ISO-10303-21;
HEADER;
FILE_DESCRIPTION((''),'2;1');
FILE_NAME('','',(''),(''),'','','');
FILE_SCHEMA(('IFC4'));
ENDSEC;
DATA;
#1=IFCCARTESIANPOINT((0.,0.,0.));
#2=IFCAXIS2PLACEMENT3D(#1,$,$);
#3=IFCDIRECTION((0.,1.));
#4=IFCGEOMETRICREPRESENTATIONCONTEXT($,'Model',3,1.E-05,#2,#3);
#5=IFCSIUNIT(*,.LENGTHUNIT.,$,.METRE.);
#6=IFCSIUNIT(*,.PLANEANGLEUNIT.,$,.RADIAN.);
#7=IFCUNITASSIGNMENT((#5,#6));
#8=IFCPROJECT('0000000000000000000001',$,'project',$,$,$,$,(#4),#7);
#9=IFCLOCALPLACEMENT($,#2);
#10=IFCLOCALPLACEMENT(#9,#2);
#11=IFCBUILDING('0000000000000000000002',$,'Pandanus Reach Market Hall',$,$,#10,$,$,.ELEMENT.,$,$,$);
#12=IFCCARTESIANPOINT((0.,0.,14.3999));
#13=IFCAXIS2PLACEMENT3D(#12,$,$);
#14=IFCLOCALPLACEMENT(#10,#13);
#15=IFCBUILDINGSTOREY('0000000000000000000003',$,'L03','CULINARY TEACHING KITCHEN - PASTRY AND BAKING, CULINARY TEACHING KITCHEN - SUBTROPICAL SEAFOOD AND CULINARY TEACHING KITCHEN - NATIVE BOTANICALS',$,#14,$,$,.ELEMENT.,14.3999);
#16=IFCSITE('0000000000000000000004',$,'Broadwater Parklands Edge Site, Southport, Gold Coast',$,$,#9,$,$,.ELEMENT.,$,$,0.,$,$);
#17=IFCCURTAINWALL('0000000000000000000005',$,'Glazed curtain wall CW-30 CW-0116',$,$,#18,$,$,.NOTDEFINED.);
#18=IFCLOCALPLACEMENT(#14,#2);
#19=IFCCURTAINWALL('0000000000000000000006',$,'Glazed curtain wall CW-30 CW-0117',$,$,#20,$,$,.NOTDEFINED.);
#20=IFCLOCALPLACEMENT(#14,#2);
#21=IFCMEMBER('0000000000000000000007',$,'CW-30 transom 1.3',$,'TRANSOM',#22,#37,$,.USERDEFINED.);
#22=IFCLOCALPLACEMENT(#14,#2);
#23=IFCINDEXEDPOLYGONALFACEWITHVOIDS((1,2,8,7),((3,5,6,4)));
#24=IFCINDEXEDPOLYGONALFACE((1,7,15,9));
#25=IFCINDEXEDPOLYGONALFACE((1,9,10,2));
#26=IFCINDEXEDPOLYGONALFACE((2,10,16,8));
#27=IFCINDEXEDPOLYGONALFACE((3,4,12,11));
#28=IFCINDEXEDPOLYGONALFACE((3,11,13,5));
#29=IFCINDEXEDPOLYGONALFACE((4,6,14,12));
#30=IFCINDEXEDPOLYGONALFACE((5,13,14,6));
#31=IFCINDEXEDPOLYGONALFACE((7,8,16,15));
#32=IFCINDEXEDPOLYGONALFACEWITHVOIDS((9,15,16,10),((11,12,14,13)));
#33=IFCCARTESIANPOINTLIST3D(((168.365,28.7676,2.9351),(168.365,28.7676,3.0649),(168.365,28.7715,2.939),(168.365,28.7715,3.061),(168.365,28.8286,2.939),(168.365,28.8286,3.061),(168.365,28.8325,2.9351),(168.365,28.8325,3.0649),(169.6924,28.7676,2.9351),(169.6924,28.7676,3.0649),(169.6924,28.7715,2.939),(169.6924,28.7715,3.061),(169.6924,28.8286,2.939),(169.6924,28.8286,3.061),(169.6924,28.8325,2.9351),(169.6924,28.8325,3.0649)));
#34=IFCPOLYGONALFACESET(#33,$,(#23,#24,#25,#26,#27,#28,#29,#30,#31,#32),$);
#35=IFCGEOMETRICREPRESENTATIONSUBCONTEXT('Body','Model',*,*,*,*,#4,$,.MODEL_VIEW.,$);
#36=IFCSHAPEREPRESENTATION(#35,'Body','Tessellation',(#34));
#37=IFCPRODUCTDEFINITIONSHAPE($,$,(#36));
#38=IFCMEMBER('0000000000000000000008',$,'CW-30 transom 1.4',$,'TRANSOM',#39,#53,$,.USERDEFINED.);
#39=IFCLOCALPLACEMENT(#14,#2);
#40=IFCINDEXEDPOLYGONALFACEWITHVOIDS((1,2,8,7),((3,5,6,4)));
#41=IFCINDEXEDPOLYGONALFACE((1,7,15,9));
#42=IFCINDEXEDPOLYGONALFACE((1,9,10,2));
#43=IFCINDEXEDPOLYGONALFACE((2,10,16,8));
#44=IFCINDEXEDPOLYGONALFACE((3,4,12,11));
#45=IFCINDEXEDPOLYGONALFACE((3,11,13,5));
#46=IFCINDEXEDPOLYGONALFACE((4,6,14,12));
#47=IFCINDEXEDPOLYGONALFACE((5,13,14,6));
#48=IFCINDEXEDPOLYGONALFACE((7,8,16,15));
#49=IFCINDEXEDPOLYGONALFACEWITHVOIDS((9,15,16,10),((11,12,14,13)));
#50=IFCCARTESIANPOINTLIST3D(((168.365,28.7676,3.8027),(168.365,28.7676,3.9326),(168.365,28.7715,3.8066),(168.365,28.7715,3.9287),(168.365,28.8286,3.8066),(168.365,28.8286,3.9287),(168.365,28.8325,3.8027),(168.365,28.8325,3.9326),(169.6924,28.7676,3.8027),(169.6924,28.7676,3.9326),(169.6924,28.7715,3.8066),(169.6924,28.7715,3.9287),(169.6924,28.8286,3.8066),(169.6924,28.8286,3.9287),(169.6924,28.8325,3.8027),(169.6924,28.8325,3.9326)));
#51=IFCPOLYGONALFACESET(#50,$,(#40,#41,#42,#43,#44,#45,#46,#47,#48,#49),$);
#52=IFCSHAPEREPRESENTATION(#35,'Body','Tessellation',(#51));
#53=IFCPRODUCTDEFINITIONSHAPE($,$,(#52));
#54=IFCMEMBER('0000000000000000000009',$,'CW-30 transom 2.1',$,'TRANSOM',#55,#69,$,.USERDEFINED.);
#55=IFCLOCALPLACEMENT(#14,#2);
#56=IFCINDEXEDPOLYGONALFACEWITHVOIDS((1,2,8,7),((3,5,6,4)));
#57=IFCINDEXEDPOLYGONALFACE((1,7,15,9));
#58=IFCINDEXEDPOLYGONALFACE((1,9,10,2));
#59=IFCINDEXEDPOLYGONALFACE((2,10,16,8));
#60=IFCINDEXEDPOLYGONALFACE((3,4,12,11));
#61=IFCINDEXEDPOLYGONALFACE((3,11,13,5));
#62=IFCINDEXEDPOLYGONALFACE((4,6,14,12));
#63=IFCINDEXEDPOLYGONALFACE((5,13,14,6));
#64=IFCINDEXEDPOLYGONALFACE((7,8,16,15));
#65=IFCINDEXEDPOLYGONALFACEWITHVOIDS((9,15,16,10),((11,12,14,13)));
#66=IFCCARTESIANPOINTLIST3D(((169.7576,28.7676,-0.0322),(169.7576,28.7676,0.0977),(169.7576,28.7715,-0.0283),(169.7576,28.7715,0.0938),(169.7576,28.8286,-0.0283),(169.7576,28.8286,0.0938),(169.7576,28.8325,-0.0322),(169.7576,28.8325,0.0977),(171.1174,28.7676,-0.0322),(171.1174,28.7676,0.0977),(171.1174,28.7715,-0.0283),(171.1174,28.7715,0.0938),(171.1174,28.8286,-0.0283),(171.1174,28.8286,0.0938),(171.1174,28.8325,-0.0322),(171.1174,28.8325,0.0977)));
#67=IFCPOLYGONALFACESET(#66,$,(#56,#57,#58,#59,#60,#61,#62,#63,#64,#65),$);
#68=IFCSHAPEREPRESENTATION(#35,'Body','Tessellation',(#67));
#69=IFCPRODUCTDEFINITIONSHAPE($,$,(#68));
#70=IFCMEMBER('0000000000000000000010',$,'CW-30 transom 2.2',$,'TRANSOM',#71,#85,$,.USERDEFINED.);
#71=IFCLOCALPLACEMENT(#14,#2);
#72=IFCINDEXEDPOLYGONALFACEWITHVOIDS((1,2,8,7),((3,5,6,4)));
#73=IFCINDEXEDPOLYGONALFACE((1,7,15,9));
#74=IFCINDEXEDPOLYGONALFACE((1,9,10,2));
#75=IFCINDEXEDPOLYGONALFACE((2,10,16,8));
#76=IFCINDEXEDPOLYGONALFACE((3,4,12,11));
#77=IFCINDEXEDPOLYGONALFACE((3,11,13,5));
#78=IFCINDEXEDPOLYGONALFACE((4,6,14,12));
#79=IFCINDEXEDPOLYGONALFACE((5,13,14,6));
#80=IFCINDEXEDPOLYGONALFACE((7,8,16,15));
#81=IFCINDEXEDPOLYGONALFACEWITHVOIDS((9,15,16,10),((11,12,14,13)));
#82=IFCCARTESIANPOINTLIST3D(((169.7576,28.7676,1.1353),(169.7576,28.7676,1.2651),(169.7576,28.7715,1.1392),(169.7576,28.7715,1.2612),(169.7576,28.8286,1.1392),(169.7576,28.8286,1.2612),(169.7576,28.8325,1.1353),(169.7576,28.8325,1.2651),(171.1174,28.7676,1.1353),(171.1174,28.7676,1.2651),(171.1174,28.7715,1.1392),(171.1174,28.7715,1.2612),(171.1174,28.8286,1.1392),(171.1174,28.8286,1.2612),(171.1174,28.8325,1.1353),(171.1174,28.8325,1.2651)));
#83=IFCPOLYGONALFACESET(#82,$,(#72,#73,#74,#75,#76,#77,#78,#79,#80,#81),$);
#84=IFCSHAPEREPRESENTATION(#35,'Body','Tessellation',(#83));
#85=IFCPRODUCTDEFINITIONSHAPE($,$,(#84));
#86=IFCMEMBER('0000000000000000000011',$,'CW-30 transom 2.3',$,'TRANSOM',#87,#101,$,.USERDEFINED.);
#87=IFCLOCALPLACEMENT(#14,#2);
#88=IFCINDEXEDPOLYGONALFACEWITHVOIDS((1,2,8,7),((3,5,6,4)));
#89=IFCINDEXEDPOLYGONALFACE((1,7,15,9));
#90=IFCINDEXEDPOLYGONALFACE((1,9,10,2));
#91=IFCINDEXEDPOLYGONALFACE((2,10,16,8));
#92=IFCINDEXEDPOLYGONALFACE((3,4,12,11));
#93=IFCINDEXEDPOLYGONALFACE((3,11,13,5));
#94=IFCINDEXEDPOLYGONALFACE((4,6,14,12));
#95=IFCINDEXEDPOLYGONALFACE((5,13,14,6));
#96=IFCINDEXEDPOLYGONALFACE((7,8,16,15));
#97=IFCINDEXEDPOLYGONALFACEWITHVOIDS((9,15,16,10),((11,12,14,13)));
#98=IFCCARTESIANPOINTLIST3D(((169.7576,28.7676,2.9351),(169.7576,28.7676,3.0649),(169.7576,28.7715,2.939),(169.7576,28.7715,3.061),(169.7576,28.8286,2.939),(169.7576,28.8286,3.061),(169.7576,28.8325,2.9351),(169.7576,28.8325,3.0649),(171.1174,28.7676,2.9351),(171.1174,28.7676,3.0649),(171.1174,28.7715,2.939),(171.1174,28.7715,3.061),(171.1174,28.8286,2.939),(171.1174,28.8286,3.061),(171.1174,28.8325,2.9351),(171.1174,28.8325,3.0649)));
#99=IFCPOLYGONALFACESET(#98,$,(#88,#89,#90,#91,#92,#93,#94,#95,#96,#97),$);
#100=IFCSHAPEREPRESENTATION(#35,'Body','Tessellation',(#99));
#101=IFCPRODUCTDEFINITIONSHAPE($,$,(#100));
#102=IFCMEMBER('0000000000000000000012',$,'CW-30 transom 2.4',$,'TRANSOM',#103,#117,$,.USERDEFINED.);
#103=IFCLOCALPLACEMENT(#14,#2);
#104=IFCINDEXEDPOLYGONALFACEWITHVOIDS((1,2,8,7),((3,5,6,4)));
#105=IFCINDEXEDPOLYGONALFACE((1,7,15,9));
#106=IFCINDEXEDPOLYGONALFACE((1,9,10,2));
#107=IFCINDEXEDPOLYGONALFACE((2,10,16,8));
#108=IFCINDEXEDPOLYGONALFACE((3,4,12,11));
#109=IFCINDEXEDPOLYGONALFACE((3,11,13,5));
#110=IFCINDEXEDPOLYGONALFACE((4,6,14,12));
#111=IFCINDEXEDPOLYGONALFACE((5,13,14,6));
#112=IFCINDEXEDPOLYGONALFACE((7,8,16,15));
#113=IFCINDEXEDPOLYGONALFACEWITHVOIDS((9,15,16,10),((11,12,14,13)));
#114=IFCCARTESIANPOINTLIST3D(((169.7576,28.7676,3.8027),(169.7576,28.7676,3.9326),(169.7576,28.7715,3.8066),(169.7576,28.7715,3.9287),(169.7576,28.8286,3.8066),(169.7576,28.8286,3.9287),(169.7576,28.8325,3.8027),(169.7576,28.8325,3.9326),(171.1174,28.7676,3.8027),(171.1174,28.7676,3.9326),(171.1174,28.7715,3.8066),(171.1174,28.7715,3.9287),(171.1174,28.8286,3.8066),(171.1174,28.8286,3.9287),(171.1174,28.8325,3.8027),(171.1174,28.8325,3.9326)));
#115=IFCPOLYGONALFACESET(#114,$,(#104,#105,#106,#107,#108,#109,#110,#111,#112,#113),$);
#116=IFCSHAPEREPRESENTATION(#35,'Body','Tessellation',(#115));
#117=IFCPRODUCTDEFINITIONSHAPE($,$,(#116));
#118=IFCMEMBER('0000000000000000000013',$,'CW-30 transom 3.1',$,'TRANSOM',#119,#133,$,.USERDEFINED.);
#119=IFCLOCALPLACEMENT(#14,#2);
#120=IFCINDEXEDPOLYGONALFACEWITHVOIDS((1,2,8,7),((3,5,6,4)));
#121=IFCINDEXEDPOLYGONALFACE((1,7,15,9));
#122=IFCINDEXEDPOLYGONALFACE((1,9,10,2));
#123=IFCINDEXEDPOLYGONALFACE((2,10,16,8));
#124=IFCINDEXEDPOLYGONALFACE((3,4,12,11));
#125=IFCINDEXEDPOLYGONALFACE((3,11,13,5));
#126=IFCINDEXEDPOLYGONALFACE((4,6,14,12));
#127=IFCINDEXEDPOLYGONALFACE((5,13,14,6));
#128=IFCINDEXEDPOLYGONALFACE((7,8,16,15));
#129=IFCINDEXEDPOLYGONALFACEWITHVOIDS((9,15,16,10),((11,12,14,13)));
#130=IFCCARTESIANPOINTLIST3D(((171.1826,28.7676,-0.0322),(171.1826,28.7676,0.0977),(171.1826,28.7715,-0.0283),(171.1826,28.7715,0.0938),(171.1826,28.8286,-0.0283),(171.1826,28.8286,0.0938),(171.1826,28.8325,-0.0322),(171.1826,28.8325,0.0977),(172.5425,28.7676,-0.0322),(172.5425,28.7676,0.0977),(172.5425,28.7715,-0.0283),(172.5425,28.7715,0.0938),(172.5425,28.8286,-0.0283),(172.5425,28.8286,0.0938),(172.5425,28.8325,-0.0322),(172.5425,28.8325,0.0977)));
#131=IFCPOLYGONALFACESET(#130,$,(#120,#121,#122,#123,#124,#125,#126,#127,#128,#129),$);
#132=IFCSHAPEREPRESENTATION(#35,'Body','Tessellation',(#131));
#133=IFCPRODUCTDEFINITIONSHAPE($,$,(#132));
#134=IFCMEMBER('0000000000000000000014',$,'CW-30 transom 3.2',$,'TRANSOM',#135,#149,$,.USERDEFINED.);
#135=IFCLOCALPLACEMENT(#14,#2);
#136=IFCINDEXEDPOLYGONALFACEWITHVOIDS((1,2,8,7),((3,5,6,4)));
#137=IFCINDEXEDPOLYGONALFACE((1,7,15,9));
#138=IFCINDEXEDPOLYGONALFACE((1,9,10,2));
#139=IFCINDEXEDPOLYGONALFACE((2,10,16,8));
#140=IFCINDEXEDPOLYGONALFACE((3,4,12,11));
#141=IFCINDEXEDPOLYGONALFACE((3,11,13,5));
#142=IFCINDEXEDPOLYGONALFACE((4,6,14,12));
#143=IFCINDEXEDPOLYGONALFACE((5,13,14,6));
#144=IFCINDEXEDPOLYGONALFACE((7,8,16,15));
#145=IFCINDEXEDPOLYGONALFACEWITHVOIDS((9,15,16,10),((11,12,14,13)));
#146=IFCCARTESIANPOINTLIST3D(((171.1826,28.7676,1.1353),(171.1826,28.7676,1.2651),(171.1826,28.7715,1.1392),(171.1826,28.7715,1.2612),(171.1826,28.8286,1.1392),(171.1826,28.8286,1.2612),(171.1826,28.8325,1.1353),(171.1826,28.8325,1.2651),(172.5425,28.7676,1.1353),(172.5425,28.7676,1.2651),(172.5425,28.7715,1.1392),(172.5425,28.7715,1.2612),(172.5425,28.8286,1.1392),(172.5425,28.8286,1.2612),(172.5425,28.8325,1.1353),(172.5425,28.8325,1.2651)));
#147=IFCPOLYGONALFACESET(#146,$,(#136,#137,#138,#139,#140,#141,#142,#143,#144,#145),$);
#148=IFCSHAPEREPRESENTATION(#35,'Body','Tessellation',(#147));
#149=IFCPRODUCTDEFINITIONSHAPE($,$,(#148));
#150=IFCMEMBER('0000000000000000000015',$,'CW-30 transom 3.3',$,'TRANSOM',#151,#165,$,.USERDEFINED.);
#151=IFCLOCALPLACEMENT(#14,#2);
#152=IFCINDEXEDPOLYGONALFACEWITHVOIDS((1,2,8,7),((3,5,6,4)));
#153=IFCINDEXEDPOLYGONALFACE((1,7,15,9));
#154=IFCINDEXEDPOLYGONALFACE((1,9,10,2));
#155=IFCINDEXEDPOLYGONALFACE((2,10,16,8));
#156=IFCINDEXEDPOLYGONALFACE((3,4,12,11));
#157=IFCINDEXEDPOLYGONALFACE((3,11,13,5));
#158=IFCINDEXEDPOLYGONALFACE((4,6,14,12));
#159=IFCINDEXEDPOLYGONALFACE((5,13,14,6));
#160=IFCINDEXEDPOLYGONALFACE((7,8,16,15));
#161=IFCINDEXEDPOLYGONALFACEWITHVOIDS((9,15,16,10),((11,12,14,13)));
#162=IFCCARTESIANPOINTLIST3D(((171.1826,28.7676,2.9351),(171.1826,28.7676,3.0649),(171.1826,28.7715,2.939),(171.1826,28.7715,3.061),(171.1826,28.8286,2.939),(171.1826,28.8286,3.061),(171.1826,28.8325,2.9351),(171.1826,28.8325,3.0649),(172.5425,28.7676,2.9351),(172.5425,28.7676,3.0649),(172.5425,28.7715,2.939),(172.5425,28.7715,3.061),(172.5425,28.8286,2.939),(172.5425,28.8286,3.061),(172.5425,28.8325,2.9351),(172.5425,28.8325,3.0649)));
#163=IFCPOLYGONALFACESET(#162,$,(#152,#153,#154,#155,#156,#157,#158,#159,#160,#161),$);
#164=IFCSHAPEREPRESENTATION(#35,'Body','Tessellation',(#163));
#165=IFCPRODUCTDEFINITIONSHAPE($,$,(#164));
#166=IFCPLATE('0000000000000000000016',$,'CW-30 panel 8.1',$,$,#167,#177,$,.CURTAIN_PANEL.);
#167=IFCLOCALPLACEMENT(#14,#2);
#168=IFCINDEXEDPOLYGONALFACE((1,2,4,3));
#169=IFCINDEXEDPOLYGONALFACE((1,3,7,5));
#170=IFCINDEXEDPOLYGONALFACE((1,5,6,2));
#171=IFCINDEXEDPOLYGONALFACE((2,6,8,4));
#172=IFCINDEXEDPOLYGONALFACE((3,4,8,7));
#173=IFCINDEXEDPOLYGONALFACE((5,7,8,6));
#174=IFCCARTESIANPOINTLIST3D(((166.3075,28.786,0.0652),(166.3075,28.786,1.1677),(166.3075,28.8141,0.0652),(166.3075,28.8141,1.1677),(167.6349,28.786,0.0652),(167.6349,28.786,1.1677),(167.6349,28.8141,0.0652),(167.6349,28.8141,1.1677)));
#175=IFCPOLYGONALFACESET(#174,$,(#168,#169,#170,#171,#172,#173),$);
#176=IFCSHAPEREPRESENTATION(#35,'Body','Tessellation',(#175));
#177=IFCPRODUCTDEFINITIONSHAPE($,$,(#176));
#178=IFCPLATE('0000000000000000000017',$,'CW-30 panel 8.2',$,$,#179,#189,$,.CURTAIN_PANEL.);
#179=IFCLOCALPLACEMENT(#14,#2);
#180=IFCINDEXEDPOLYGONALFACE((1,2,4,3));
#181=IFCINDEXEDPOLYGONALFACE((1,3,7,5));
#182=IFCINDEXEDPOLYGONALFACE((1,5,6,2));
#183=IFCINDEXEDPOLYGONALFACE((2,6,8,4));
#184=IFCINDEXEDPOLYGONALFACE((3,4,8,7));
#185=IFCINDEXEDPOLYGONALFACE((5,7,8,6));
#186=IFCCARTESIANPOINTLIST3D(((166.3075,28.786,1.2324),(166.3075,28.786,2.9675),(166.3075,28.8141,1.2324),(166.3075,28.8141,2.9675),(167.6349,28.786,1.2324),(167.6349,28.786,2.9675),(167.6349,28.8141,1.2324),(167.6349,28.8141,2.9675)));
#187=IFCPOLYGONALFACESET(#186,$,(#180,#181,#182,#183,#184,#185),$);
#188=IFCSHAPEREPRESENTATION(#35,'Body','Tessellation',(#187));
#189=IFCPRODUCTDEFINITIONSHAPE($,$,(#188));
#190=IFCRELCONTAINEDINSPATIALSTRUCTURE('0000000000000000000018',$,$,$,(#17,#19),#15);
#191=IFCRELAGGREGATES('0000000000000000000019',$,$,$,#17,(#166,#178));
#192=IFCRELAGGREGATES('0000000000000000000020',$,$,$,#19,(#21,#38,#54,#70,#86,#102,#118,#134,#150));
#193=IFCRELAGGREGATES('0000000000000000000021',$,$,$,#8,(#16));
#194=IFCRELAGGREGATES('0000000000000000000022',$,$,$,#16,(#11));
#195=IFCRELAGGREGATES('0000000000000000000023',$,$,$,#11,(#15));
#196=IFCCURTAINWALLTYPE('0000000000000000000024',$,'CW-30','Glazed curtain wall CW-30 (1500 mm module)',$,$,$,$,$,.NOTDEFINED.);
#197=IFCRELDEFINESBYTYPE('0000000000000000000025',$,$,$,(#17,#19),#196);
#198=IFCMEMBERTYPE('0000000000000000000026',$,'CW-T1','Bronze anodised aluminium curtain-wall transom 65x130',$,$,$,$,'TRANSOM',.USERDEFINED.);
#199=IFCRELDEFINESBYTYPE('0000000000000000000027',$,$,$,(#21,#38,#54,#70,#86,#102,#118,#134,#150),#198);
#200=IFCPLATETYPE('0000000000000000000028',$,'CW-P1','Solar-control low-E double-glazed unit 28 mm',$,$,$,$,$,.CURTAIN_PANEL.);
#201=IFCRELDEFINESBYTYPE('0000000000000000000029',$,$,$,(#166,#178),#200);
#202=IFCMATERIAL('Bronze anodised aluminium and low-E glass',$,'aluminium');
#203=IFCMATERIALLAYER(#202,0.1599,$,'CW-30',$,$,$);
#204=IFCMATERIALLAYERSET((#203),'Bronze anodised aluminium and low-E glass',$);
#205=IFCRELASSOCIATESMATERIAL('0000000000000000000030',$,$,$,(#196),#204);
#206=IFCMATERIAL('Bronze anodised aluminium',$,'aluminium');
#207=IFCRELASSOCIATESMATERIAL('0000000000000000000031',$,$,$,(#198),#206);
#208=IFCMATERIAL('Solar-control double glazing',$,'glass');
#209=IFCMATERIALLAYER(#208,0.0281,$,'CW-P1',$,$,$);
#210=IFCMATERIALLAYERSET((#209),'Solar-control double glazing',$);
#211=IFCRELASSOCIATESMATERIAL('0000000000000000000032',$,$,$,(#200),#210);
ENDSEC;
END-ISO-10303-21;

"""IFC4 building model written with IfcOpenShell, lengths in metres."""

from ifc_helpers import new_model, si_unit, direction, frame, origin, origin_2d, place, context, subcontext, project, spatial, rectangle, hollow_rectangle, extrude, material, layer, layer_set, material_profile, profile_set, type_object, element, aggregate, save


model = new_model("IFC4")

# Units and contexts
model_context = context("Model", 3, precision=1e-05, world=origin(), true_north=direction((0.0, 1.0)))
body_context = subcontext(model_context, "Body", "Model", "MODEL_VIEW")
ifc_project = project(units=[si_unit("LENGTHUNIT", "METRE"), si_unit("PLANEANGLEUNIT", "RADIAN")], contexts=[model_context])

# Site, building, storey
site_placement = place(None, origin())
site = spatial("IfcSite", under=ifc_project, at=site_placement, Name="Broadwater Parklands Edge Site, Southport, Gold Coast", CompositionType="ELEMENT", RefElevation=0.0)
building_placement = place(site_placement, origin())
building = spatial("IfcBuilding", under=site, at=building_placement, Name="Pandanus Reach Market Hall", CompositionType="ELEMENT")
storey_placement = place(building_placement, frame((0.0, 0.0, 14.3999)))
storey = spatial("IfcBuildingStorey", under=building, at=storey_placement, Name="L03", Description="CULINARY TEACHING KITCHEN - PASTRY AND BAKING, CULINARY TEACHING KITCHEN - SUBTROPICAL SEAFOOD AND CULINARY TEACHING KITCHEN - NATIVE BOTANICALS", CompositionType="ELEMENT", Elevation=14.3999)

# Curtain wall
ifc_material_1 = material(Name="Bronze anodised aluminium and low-E glass", Category="aluminium")
ifc_layer_1 = layer(ifc_material_1, 0.1599, Name="CW-30")
ifc_layer_set_1 = layer_set([ifc_layer_1], Name="Bronze anodised aluminium and low-E glass")
curtain_wall_type = type_object("IfcCurtainWallType", Name="CW-30", Description="Glazed curtain wall CW-30 (1500 mm module)", PredefinedType="NOTDEFINED", material=ifc_layer_set_1)
curtain_wall_1_placement = place(storey_placement, origin())
curtain_wall_1 = element("IfcCurtainWall", 1, at=curtain_wall_1_placement, inside=storey, type_object=curtain_wall_type, Name="Glazed curtain wall CW-30 CW-0116", PredefinedType="NOTDEFINED")
ifc_material_2 = material(Name="Bronze anodised aluminium", Category="aluminium")

# Curtain wall
curtain_wall_2_placement = place(storey_placement, origin())
curtain_wall_2 = element("IfcCurtainWall", 2, at=curtain_wall_2_placement, inside=storey, type_object=curtain_wall_type, Name="Glazed curtain wall CW-30 CW-0117", PredefinedType="NOTDEFINED")

# Members
ifc_material_profile_1 = material_profile(ifc_material_2, hollow_rectangle(XDim=0.0649, YDim=0.1299, WallThickness=0.0039, at=origin_2d()), Name="ALU65x130", Category="LoadBearing")
ifc_profile_set_1 = profile_set([ifc_material_profile_1], Name="Bronze anodised aluminium")
member_type_1 = type_object("IfcMemberType", Name="CW-T1", Description="Bronze anodised aluminium curtain-wall transom 65x130", ElementType="TRANSOM", PredefinedType="USERDEFINED", material=ifc_profile_set_1)
member_1_placement = place(storey_placement, frame((168.365, 28.8, 3.0), z_axis=(1.0, 0.0, 0.0), x_axis=(0.0, 1.0, 0.0)))
member_1 = element("IfcMember", 3, at=member_1_placement, type_object=member_type_1, Name="CW-30 transom 1.3", ObjectType="TRANSOM", PredefinedType="USERDEFINED", context=body_context, shape_type="SweptSolid", body=[
    extrude(hollow_rectangle(XDim=0.0649, YDim=0.1299, WallThickness=0.0039, at=origin_2d()), origin(), (0.0, 0.0, 1.0), 1.3274),
])
member_2_placement = place(storey_placement, frame((168.365, 28.8, 3.8677), z_axis=(1.0, 0.0, 0.0), x_axis=(0.0, 1.0, 0.0)))
member_2 = element("IfcMember", 4, at=member_2_placement, type_object=member_type_1, Name="CW-30 transom 1.4", ObjectType="TRANSOM", PredefinedType="USERDEFINED", context=body_context, shape_type="SweptSolid", body=[
    extrude(hollow_rectangle(XDim=0.0649, YDim=0.1299, WallThickness=0.0039, at=origin_2d()), origin(), (0.0, 0.0, 1.0), 1.3274),
])
member_3_placement = place(storey_placement, frame((169.7576, 28.8, 0.0327), z_axis=(1.0, 0.0, 0.0), x_axis=(0.0, 1.0, 0.0)))
member_3 = element("IfcMember", 5, at=member_3_placement, type_object=member_type_1, Name="CW-30 transom 2.1", ObjectType="TRANSOM", PredefinedType="USERDEFINED", context=body_context, shape_type="SweptSolid", body=[
    extrude(hollow_rectangle(XDim=0.0649, YDim=0.1299, WallThickness=0.0039, at=origin_2d()), origin(), (0.0, 0.0, 1.0), 1.3599),
])
member_4_placement = place(storey_placement, frame((169.7576, 28.8, 1.2002), z_axis=(1.0, 0.0, 0.0), x_axis=(0.0, 1.0, 0.0)))
member_4 = element("IfcMember", 6, at=member_4_placement, type_object=member_type_1, Name="CW-30 transom 2.2", ObjectType="TRANSOM", PredefinedType="USERDEFINED", context=body_context, shape_type="SweptSolid", body=[
    extrude(hollow_rectangle(XDim=0.0649, YDim=0.1299, WallThickness=0.0039, at=origin_2d()), origin(), (0.0, 0.0, 1.0), 1.3599),
])
member_5_placement = place(storey_placement, frame((169.7576, 28.8, 3.0), z_axis=(1.0, 0.0, 0.0), x_axis=(0.0, 1.0, 0.0)))
member_5 = element("IfcMember", 7, at=member_5_placement, type_object=member_type_1, Name="CW-30 transom 2.3", ObjectType="TRANSOM", PredefinedType="USERDEFINED", context=body_context, shape_type="SweptSolid", body=[
    extrude(hollow_rectangle(XDim=0.0649, YDim=0.1299, WallThickness=0.0039, at=origin_2d()), origin(), (0.0, 0.0, 1.0), 1.3599),
])
member_6_placement = place(storey_placement, frame((169.7576, 28.8, 3.8677), z_axis=(1.0, 0.0, 0.0), x_axis=(0.0, 1.0, 0.0)))
member_6 = element("IfcMember", 8, at=member_6_placement, type_object=member_type_1, Name="CW-30 transom 2.4", ObjectType="TRANSOM", PredefinedType="USERDEFINED", context=body_context, shape_type="SweptSolid", body=[
    extrude(hollow_rectangle(XDim=0.0649, YDim=0.1299, WallThickness=0.0039, at=origin_2d()), origin(), (0.0, 0.0, 1.0), 1.3599),
])
member_7_placement = place(storey_placement, frame((171.1826, 28.8, 0.0327), z_axis=(1.0, 0.0, 0.0), x_axis=(0.0, 1.0, 0.0)))
member_7 = element("IfcMember", 9, at=member_7_placement, type_object=member_type_1, Name="CW-30 transom 3.1", ObjectType="TRANSOM", PredefinedType="USERDEFINED", context=body_context, shape_type="SweptSolid", body=[
    extrude(hollow_rectangle(XDim=0.0649, YDim=0.1299, WallThickness=0.0039, at=origin_2d()), origin(), (0.0, 0.0, 1.0), 1.3599),
])
member_8_placement = place(storey_placement, frame((171.1826, 28.8, 1.2002), z_axis=(1.0, 0.0, 0.0), x_axis=(0.0, 1.0, 0.0)))
member_8 = element("IfcMember", 10, at=member_8_placement, type_object=member_type_1, Name="CW-30 transom 3.2", ObjectType="TRANSOM", PredefinedType="USERDEFINED", context=body_context, shape_type="SweptSolid", body=[
    extrude(hollow_rectangle(XDim=0.0649, YDim=0.1299, WallThickness=0.0039, at=origin_2d()), origin(), (0.0, 0.0, 1.0), 1.3599),
])
member_9_placement = place(storey_placement, frame((171.1826, 28.8, 3.0), z_axis=(1.0, 0.0, 0.0), x_axis=(0.0, 1.0, 0.0)))
member_9 = element("IfcMember", 11, at=member_9_placement, type_object=member_type_1, Name="CW-30 transom 3.3", ObjectType="TRANSOM", PredefinedType="USERDEFINED", context=body_context, shape_type="SweptSolid", body=[
    extrude(hollow_rectangle(XDim=0.0649, YDim=0.1299, WallThickness=0.0039, at=origin_2d()), origin(), (0.0, 0.0, 1.0), 1.3599),
])

# Plates
ifc_material_3 = material(Name="Solar-control double glazing", Category="glass")
ifc_layer_2 = layer(ifc_material_3, 0.0281, Name="CW-P1")
ifc_layer_set_2 = layer_set([ifc_layer_2], Name="Solar-control double glazing")
plate_type = type_object("IfcPlateType", Name="CW-P1", Description="Solar-control low-E double-glazed unit 28 mm", PredefinedType="CURTAIN_PANEL", material=ifc_layer_set_2)
plate_1_placement = place(storey_placement, frame((166.9712, 28.8, 0.0652), z_axis=(0.0, 0.0, 1.0), x_axis=(1.0, 0.0, 0.0)))
plate_1 = element("IfcPlate", 12, at=plate_1_placement, type_object=plate_type, Name="CW-30 panel 8.1", PredefinedType="CURTAIN_PANEL", context=body_context, shape_type="SweptSolid", body=[
    extrude(rectangle(XDim=1.3274, YDim=0.0281, at=origin_2d()), origin(), (0.0, 0.0, 1.0), 1.1025),
])
plate_2_placement = place(storey_placement, frame((166.9712, 28.8, 1.2324), z_axis=(0.0, 0.0, 1.0), x_axis=(1.0, 0.0, 0.0)))
plate_2 = element("IfcPlate", 13, at=plate_2_placement, type_object=plate_type, Name="CW-30 panel 8.2", PredefinedType="CURTAIN_PANEL", context=body_context, shape_type="SweptSolid", body=[
    extrude(rectangle(XDim=1.3274, YDim=0.0281, at=origin_2d()), origin(), (0.0, 0.0, 1.0), 1.7351),
])
aggregate(curtain_wall_1, [plate_1, plate_2])
aggregate(curtain_wall_2, [member_1, member_2, member_3, member_4, member_5, member_6, member_7, member_8, member_9])

save(model, "model.ifc")
